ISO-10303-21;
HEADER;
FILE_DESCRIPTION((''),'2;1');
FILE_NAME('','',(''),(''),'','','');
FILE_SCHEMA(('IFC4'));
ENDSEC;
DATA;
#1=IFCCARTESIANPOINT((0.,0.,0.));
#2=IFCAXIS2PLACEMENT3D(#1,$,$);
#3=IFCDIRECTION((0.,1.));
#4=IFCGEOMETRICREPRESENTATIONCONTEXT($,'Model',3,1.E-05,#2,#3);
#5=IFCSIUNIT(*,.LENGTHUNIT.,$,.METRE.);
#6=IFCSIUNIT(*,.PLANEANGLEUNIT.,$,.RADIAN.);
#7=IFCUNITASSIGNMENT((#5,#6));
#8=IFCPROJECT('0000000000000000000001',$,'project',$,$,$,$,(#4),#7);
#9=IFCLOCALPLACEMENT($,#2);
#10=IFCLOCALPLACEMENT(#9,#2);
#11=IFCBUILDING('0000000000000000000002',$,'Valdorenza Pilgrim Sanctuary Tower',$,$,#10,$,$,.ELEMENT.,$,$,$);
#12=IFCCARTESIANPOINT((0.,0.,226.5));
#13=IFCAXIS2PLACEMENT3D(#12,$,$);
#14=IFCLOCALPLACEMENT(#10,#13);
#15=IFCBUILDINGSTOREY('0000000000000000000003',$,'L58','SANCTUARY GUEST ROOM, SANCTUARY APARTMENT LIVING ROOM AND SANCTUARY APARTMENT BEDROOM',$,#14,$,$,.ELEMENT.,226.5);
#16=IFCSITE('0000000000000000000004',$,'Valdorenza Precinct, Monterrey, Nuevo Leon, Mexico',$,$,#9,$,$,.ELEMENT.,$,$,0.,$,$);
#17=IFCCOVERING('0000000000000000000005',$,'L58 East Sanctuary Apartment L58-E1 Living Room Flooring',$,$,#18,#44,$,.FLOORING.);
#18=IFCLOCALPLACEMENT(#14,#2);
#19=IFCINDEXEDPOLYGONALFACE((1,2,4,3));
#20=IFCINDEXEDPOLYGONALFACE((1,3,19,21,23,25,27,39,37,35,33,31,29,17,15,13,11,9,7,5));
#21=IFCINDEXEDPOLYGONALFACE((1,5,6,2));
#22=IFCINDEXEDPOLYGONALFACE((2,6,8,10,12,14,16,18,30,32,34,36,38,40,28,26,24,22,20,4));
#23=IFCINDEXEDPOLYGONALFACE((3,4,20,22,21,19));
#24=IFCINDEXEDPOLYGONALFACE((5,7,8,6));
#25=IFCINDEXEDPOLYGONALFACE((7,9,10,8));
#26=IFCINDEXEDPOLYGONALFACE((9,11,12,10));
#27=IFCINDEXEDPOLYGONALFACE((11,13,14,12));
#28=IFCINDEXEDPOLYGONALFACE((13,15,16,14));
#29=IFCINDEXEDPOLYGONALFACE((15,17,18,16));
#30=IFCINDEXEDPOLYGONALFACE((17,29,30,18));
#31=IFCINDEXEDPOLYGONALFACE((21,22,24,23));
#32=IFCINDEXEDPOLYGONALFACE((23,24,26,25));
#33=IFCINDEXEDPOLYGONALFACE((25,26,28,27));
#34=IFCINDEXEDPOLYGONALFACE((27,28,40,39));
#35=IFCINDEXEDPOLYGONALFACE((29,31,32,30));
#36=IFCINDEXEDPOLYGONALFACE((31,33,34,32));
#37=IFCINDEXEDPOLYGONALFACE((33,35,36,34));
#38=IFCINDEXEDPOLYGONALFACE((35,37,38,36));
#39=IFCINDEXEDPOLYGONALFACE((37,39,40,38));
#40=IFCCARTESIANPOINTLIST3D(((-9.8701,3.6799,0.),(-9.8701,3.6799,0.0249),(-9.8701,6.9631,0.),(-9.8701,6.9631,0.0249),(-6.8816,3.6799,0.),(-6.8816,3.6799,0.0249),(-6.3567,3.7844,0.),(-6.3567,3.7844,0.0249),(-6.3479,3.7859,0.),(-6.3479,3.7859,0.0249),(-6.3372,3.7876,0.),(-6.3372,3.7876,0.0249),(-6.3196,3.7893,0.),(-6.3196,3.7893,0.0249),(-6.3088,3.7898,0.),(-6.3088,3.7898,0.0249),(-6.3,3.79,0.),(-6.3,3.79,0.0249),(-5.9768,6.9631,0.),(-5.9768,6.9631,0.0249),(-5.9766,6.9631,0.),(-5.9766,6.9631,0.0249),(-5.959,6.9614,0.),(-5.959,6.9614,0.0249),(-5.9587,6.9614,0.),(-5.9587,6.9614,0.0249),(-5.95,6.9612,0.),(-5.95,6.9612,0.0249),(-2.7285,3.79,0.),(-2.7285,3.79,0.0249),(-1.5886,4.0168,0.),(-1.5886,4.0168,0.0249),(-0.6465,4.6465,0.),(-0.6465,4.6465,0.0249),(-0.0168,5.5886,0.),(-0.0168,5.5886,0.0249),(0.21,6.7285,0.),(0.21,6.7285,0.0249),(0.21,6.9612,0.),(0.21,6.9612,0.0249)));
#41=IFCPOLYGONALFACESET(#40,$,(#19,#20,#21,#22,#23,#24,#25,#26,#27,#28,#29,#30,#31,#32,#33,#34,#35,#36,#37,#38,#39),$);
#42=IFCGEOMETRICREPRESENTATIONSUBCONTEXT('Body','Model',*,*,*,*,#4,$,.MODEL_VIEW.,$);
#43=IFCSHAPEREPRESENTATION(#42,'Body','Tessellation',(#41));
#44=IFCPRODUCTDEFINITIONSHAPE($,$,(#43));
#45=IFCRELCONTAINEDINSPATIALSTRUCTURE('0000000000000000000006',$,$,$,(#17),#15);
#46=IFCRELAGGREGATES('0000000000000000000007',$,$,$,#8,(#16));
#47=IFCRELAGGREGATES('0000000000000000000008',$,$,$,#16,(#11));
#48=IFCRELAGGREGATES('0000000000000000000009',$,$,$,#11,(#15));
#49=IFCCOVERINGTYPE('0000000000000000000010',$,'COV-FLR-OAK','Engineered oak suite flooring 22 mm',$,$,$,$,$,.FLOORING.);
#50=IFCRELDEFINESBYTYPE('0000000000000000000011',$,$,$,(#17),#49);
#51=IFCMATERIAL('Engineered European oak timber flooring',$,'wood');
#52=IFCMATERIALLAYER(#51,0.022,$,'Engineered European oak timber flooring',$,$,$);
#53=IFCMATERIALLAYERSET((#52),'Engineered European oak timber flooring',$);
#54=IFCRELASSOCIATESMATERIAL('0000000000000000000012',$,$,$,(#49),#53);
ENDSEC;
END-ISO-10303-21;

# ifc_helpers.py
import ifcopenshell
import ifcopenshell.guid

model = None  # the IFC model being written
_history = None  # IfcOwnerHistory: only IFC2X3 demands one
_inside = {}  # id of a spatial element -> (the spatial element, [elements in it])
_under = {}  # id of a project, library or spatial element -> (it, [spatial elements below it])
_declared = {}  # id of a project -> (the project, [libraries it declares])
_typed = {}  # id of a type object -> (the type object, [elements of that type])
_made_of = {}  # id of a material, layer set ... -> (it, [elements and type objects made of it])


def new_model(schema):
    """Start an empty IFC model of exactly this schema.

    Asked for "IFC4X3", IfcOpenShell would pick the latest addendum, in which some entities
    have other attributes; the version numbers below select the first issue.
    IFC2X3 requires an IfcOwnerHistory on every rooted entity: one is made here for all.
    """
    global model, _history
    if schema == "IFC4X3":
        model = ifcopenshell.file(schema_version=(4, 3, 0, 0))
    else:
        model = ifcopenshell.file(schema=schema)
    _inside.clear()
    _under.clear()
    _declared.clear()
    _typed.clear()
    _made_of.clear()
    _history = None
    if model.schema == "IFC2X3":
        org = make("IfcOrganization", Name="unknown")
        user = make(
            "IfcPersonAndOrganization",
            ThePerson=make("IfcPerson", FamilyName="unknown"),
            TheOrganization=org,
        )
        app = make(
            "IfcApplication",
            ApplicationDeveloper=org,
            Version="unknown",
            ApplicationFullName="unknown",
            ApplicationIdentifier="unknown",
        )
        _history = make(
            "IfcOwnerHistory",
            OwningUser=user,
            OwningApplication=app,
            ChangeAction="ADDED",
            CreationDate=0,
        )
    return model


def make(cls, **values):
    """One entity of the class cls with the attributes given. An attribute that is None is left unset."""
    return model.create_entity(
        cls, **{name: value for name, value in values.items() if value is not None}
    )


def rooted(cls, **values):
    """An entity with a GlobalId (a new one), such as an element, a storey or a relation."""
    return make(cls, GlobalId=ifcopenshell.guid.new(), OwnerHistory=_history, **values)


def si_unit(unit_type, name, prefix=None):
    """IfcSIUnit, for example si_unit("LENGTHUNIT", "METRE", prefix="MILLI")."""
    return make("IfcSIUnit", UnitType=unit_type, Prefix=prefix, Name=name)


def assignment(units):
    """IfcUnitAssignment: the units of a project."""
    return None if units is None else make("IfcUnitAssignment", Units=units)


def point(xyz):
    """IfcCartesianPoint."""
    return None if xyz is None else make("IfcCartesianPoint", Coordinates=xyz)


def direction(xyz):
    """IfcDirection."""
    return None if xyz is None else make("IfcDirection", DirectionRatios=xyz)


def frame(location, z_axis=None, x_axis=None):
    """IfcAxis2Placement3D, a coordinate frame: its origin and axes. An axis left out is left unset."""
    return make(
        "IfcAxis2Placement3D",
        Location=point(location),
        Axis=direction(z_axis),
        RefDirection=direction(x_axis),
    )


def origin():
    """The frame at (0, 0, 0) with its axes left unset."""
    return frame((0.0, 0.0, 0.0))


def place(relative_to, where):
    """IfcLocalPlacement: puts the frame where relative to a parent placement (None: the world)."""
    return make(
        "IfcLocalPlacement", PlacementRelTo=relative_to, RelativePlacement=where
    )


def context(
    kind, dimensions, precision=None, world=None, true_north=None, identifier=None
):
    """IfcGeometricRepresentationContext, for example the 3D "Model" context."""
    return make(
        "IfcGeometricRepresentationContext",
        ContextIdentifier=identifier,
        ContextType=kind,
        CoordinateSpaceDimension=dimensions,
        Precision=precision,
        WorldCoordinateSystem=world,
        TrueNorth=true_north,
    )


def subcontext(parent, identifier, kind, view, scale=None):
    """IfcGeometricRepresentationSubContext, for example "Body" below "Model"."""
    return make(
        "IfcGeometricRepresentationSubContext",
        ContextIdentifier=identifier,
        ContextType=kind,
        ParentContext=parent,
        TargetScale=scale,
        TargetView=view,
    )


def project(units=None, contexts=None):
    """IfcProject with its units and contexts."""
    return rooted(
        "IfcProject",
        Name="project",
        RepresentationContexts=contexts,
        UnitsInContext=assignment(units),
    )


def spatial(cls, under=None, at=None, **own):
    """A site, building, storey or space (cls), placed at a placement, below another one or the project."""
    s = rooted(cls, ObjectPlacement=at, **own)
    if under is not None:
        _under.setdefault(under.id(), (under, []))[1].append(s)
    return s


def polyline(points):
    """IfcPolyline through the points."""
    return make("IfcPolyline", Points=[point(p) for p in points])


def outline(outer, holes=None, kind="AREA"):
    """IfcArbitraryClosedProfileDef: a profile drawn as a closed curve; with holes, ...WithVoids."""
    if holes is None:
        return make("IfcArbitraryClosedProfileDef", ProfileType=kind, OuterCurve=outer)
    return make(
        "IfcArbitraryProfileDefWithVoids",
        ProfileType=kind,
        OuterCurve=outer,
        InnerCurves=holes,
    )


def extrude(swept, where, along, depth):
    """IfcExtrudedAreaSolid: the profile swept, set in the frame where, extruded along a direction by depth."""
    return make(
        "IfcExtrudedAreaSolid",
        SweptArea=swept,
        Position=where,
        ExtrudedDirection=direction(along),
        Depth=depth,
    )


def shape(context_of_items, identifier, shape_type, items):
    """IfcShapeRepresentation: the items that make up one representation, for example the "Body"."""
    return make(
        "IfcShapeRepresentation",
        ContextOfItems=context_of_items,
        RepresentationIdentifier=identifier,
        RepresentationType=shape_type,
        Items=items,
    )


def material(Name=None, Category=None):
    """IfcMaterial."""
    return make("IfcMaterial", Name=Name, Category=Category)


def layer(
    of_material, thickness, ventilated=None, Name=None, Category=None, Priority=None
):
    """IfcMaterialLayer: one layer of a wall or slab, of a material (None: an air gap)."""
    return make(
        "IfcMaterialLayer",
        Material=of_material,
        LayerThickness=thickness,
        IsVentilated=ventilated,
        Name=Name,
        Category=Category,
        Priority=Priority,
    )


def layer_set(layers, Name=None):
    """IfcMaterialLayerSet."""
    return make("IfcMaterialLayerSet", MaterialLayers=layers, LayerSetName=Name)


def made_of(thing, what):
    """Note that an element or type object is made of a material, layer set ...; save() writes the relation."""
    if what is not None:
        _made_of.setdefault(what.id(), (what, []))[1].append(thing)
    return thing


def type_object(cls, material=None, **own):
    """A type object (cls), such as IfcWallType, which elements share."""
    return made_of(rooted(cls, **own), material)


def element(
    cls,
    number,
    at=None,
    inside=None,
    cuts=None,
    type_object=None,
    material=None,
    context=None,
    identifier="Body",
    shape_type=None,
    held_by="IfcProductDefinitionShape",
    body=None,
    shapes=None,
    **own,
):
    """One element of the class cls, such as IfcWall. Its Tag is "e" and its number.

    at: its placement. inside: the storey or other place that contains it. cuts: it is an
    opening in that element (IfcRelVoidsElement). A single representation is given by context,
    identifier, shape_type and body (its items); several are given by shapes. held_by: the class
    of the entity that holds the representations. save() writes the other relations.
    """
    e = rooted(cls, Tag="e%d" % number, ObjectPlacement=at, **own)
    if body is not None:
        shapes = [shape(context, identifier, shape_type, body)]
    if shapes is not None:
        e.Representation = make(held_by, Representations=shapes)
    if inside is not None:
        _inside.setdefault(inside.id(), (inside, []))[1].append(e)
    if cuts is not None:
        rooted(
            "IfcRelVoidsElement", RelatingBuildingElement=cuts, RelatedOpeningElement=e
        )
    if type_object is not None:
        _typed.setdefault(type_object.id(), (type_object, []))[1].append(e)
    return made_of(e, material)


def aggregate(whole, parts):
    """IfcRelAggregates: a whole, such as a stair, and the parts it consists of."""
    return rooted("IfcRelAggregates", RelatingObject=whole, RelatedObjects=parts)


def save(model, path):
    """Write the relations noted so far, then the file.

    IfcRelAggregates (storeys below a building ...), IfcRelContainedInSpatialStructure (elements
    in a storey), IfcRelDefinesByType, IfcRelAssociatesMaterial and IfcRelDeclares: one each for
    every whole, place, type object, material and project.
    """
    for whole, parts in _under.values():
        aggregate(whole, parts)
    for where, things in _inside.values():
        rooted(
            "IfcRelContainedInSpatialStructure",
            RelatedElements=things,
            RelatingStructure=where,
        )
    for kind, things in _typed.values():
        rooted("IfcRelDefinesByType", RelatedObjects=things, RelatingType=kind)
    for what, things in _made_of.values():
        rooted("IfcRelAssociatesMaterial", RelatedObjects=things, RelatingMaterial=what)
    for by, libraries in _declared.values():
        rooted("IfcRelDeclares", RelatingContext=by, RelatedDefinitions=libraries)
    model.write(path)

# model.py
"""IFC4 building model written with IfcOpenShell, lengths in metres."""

from ifc_helpers import new_model, si_unit, direction, frame, origin, place, context, subcontext, project, spatial, polyline, outline, extrude, material, layer, layer_set, type_object, element, save


model = new_model("IFC4")

# Units and contexts
model_context = context("Model", 3, precision=1e-05, world=origin(), true_north=direction((0.0, 1.0)))
body_context = subcontext(model_context, "Body", "Model", "MODEL_VIEW")
ifc_project = project(units=[si_unit("LENGTHUNIT", "METRE"), si_unit("PLANEANGLEUNIT", "RADIAN")], contexts=[model_context])

# Site, building, storey
site_placement = place(None, origin())
site = spatial("IfcSite", under=ifc_project, at=site_placement, Name="Valdorenza Precinct, Monterrey, Nuevo Leon, Mexico", CompositionType="ELEMENT", RefElevation=0.0)
building_placement = place(site_placement, origin())
building = spatial("IfcBuilding", under=site, at=building_placement, Name="Valdorenza Pilgrim Sanctuary Tower", CompositionType="ELEMENT")
storey_placement = place(building_placement, frame((0.0, 0.0, 226.5)))
storey = spatial("IfcBuildingStorey", under=building, at=storey_placement, Name="L58", Description="SANCTUARY GUEST ROOM, SANCTUARY APARTMENT LIVING ROOM AND SANCTUARY APARTMENT BEDROOM", CompositionType="ELEMENT", Elevation=226.5)

# Covering
ifc_material_1 = material(Name="Engineered European oak timber flooring", Category="wood")
ifc_layer_1 = layer(ifc_material_1, 0.022, Name="Engineered European oak timber flooring")
ifc_layer_set_1 = layer_set([ifc_layer_1], Name="Engineered European oak timber flooring")
covering_type_1 = type_object("IfcCoveringType", Name="COV-FLR-OAK", Description="Engineered oak suite flooring 22 mm", PredefinedType="FLOORING", material=ifc_layer_set_1)
covering_1_placement = place(storey_placement, origin())
element("IfcCovering", 1, at=covering_1_placement, inside=storey, type_object=covering_type_1, Name="L58 East Sanctuary Apartment L58-E1 Living Room Flooring", PredefinedType="FLOORING", context=body_context, shape_type="SweptSolid", body=[
    extrude(outline(polyline([(-9.8701, 6.9631), (-5.9768, 6.9631), (-5.9768, 6.9631), (-5.9766, 6.9631), (-5.959, 6.9614), (-5.9587, 6.9614), (-5.95, 6.9612), (0.21, 6.9612), (0.21, 6.7285), (-0.0168, 5.5886), (-0.6465, 4.6465), (-1.5886, 4.0168), (-2.7285, 3.79), (-6.3, 3.79), (-6.3088, 3.7898), (-6.3196, 3.7893), (-6.3372, 3.7876), (-6.3479, 3.7859), (-6.3567, 3.7844), (-6.8816, 3.6799), (-9.8701, 3.6799), (-9.8701, 6.9631)])), origin(), (0.0, 0.0, 1.0), 0.0249),
])

save(model, "model.ifc")
